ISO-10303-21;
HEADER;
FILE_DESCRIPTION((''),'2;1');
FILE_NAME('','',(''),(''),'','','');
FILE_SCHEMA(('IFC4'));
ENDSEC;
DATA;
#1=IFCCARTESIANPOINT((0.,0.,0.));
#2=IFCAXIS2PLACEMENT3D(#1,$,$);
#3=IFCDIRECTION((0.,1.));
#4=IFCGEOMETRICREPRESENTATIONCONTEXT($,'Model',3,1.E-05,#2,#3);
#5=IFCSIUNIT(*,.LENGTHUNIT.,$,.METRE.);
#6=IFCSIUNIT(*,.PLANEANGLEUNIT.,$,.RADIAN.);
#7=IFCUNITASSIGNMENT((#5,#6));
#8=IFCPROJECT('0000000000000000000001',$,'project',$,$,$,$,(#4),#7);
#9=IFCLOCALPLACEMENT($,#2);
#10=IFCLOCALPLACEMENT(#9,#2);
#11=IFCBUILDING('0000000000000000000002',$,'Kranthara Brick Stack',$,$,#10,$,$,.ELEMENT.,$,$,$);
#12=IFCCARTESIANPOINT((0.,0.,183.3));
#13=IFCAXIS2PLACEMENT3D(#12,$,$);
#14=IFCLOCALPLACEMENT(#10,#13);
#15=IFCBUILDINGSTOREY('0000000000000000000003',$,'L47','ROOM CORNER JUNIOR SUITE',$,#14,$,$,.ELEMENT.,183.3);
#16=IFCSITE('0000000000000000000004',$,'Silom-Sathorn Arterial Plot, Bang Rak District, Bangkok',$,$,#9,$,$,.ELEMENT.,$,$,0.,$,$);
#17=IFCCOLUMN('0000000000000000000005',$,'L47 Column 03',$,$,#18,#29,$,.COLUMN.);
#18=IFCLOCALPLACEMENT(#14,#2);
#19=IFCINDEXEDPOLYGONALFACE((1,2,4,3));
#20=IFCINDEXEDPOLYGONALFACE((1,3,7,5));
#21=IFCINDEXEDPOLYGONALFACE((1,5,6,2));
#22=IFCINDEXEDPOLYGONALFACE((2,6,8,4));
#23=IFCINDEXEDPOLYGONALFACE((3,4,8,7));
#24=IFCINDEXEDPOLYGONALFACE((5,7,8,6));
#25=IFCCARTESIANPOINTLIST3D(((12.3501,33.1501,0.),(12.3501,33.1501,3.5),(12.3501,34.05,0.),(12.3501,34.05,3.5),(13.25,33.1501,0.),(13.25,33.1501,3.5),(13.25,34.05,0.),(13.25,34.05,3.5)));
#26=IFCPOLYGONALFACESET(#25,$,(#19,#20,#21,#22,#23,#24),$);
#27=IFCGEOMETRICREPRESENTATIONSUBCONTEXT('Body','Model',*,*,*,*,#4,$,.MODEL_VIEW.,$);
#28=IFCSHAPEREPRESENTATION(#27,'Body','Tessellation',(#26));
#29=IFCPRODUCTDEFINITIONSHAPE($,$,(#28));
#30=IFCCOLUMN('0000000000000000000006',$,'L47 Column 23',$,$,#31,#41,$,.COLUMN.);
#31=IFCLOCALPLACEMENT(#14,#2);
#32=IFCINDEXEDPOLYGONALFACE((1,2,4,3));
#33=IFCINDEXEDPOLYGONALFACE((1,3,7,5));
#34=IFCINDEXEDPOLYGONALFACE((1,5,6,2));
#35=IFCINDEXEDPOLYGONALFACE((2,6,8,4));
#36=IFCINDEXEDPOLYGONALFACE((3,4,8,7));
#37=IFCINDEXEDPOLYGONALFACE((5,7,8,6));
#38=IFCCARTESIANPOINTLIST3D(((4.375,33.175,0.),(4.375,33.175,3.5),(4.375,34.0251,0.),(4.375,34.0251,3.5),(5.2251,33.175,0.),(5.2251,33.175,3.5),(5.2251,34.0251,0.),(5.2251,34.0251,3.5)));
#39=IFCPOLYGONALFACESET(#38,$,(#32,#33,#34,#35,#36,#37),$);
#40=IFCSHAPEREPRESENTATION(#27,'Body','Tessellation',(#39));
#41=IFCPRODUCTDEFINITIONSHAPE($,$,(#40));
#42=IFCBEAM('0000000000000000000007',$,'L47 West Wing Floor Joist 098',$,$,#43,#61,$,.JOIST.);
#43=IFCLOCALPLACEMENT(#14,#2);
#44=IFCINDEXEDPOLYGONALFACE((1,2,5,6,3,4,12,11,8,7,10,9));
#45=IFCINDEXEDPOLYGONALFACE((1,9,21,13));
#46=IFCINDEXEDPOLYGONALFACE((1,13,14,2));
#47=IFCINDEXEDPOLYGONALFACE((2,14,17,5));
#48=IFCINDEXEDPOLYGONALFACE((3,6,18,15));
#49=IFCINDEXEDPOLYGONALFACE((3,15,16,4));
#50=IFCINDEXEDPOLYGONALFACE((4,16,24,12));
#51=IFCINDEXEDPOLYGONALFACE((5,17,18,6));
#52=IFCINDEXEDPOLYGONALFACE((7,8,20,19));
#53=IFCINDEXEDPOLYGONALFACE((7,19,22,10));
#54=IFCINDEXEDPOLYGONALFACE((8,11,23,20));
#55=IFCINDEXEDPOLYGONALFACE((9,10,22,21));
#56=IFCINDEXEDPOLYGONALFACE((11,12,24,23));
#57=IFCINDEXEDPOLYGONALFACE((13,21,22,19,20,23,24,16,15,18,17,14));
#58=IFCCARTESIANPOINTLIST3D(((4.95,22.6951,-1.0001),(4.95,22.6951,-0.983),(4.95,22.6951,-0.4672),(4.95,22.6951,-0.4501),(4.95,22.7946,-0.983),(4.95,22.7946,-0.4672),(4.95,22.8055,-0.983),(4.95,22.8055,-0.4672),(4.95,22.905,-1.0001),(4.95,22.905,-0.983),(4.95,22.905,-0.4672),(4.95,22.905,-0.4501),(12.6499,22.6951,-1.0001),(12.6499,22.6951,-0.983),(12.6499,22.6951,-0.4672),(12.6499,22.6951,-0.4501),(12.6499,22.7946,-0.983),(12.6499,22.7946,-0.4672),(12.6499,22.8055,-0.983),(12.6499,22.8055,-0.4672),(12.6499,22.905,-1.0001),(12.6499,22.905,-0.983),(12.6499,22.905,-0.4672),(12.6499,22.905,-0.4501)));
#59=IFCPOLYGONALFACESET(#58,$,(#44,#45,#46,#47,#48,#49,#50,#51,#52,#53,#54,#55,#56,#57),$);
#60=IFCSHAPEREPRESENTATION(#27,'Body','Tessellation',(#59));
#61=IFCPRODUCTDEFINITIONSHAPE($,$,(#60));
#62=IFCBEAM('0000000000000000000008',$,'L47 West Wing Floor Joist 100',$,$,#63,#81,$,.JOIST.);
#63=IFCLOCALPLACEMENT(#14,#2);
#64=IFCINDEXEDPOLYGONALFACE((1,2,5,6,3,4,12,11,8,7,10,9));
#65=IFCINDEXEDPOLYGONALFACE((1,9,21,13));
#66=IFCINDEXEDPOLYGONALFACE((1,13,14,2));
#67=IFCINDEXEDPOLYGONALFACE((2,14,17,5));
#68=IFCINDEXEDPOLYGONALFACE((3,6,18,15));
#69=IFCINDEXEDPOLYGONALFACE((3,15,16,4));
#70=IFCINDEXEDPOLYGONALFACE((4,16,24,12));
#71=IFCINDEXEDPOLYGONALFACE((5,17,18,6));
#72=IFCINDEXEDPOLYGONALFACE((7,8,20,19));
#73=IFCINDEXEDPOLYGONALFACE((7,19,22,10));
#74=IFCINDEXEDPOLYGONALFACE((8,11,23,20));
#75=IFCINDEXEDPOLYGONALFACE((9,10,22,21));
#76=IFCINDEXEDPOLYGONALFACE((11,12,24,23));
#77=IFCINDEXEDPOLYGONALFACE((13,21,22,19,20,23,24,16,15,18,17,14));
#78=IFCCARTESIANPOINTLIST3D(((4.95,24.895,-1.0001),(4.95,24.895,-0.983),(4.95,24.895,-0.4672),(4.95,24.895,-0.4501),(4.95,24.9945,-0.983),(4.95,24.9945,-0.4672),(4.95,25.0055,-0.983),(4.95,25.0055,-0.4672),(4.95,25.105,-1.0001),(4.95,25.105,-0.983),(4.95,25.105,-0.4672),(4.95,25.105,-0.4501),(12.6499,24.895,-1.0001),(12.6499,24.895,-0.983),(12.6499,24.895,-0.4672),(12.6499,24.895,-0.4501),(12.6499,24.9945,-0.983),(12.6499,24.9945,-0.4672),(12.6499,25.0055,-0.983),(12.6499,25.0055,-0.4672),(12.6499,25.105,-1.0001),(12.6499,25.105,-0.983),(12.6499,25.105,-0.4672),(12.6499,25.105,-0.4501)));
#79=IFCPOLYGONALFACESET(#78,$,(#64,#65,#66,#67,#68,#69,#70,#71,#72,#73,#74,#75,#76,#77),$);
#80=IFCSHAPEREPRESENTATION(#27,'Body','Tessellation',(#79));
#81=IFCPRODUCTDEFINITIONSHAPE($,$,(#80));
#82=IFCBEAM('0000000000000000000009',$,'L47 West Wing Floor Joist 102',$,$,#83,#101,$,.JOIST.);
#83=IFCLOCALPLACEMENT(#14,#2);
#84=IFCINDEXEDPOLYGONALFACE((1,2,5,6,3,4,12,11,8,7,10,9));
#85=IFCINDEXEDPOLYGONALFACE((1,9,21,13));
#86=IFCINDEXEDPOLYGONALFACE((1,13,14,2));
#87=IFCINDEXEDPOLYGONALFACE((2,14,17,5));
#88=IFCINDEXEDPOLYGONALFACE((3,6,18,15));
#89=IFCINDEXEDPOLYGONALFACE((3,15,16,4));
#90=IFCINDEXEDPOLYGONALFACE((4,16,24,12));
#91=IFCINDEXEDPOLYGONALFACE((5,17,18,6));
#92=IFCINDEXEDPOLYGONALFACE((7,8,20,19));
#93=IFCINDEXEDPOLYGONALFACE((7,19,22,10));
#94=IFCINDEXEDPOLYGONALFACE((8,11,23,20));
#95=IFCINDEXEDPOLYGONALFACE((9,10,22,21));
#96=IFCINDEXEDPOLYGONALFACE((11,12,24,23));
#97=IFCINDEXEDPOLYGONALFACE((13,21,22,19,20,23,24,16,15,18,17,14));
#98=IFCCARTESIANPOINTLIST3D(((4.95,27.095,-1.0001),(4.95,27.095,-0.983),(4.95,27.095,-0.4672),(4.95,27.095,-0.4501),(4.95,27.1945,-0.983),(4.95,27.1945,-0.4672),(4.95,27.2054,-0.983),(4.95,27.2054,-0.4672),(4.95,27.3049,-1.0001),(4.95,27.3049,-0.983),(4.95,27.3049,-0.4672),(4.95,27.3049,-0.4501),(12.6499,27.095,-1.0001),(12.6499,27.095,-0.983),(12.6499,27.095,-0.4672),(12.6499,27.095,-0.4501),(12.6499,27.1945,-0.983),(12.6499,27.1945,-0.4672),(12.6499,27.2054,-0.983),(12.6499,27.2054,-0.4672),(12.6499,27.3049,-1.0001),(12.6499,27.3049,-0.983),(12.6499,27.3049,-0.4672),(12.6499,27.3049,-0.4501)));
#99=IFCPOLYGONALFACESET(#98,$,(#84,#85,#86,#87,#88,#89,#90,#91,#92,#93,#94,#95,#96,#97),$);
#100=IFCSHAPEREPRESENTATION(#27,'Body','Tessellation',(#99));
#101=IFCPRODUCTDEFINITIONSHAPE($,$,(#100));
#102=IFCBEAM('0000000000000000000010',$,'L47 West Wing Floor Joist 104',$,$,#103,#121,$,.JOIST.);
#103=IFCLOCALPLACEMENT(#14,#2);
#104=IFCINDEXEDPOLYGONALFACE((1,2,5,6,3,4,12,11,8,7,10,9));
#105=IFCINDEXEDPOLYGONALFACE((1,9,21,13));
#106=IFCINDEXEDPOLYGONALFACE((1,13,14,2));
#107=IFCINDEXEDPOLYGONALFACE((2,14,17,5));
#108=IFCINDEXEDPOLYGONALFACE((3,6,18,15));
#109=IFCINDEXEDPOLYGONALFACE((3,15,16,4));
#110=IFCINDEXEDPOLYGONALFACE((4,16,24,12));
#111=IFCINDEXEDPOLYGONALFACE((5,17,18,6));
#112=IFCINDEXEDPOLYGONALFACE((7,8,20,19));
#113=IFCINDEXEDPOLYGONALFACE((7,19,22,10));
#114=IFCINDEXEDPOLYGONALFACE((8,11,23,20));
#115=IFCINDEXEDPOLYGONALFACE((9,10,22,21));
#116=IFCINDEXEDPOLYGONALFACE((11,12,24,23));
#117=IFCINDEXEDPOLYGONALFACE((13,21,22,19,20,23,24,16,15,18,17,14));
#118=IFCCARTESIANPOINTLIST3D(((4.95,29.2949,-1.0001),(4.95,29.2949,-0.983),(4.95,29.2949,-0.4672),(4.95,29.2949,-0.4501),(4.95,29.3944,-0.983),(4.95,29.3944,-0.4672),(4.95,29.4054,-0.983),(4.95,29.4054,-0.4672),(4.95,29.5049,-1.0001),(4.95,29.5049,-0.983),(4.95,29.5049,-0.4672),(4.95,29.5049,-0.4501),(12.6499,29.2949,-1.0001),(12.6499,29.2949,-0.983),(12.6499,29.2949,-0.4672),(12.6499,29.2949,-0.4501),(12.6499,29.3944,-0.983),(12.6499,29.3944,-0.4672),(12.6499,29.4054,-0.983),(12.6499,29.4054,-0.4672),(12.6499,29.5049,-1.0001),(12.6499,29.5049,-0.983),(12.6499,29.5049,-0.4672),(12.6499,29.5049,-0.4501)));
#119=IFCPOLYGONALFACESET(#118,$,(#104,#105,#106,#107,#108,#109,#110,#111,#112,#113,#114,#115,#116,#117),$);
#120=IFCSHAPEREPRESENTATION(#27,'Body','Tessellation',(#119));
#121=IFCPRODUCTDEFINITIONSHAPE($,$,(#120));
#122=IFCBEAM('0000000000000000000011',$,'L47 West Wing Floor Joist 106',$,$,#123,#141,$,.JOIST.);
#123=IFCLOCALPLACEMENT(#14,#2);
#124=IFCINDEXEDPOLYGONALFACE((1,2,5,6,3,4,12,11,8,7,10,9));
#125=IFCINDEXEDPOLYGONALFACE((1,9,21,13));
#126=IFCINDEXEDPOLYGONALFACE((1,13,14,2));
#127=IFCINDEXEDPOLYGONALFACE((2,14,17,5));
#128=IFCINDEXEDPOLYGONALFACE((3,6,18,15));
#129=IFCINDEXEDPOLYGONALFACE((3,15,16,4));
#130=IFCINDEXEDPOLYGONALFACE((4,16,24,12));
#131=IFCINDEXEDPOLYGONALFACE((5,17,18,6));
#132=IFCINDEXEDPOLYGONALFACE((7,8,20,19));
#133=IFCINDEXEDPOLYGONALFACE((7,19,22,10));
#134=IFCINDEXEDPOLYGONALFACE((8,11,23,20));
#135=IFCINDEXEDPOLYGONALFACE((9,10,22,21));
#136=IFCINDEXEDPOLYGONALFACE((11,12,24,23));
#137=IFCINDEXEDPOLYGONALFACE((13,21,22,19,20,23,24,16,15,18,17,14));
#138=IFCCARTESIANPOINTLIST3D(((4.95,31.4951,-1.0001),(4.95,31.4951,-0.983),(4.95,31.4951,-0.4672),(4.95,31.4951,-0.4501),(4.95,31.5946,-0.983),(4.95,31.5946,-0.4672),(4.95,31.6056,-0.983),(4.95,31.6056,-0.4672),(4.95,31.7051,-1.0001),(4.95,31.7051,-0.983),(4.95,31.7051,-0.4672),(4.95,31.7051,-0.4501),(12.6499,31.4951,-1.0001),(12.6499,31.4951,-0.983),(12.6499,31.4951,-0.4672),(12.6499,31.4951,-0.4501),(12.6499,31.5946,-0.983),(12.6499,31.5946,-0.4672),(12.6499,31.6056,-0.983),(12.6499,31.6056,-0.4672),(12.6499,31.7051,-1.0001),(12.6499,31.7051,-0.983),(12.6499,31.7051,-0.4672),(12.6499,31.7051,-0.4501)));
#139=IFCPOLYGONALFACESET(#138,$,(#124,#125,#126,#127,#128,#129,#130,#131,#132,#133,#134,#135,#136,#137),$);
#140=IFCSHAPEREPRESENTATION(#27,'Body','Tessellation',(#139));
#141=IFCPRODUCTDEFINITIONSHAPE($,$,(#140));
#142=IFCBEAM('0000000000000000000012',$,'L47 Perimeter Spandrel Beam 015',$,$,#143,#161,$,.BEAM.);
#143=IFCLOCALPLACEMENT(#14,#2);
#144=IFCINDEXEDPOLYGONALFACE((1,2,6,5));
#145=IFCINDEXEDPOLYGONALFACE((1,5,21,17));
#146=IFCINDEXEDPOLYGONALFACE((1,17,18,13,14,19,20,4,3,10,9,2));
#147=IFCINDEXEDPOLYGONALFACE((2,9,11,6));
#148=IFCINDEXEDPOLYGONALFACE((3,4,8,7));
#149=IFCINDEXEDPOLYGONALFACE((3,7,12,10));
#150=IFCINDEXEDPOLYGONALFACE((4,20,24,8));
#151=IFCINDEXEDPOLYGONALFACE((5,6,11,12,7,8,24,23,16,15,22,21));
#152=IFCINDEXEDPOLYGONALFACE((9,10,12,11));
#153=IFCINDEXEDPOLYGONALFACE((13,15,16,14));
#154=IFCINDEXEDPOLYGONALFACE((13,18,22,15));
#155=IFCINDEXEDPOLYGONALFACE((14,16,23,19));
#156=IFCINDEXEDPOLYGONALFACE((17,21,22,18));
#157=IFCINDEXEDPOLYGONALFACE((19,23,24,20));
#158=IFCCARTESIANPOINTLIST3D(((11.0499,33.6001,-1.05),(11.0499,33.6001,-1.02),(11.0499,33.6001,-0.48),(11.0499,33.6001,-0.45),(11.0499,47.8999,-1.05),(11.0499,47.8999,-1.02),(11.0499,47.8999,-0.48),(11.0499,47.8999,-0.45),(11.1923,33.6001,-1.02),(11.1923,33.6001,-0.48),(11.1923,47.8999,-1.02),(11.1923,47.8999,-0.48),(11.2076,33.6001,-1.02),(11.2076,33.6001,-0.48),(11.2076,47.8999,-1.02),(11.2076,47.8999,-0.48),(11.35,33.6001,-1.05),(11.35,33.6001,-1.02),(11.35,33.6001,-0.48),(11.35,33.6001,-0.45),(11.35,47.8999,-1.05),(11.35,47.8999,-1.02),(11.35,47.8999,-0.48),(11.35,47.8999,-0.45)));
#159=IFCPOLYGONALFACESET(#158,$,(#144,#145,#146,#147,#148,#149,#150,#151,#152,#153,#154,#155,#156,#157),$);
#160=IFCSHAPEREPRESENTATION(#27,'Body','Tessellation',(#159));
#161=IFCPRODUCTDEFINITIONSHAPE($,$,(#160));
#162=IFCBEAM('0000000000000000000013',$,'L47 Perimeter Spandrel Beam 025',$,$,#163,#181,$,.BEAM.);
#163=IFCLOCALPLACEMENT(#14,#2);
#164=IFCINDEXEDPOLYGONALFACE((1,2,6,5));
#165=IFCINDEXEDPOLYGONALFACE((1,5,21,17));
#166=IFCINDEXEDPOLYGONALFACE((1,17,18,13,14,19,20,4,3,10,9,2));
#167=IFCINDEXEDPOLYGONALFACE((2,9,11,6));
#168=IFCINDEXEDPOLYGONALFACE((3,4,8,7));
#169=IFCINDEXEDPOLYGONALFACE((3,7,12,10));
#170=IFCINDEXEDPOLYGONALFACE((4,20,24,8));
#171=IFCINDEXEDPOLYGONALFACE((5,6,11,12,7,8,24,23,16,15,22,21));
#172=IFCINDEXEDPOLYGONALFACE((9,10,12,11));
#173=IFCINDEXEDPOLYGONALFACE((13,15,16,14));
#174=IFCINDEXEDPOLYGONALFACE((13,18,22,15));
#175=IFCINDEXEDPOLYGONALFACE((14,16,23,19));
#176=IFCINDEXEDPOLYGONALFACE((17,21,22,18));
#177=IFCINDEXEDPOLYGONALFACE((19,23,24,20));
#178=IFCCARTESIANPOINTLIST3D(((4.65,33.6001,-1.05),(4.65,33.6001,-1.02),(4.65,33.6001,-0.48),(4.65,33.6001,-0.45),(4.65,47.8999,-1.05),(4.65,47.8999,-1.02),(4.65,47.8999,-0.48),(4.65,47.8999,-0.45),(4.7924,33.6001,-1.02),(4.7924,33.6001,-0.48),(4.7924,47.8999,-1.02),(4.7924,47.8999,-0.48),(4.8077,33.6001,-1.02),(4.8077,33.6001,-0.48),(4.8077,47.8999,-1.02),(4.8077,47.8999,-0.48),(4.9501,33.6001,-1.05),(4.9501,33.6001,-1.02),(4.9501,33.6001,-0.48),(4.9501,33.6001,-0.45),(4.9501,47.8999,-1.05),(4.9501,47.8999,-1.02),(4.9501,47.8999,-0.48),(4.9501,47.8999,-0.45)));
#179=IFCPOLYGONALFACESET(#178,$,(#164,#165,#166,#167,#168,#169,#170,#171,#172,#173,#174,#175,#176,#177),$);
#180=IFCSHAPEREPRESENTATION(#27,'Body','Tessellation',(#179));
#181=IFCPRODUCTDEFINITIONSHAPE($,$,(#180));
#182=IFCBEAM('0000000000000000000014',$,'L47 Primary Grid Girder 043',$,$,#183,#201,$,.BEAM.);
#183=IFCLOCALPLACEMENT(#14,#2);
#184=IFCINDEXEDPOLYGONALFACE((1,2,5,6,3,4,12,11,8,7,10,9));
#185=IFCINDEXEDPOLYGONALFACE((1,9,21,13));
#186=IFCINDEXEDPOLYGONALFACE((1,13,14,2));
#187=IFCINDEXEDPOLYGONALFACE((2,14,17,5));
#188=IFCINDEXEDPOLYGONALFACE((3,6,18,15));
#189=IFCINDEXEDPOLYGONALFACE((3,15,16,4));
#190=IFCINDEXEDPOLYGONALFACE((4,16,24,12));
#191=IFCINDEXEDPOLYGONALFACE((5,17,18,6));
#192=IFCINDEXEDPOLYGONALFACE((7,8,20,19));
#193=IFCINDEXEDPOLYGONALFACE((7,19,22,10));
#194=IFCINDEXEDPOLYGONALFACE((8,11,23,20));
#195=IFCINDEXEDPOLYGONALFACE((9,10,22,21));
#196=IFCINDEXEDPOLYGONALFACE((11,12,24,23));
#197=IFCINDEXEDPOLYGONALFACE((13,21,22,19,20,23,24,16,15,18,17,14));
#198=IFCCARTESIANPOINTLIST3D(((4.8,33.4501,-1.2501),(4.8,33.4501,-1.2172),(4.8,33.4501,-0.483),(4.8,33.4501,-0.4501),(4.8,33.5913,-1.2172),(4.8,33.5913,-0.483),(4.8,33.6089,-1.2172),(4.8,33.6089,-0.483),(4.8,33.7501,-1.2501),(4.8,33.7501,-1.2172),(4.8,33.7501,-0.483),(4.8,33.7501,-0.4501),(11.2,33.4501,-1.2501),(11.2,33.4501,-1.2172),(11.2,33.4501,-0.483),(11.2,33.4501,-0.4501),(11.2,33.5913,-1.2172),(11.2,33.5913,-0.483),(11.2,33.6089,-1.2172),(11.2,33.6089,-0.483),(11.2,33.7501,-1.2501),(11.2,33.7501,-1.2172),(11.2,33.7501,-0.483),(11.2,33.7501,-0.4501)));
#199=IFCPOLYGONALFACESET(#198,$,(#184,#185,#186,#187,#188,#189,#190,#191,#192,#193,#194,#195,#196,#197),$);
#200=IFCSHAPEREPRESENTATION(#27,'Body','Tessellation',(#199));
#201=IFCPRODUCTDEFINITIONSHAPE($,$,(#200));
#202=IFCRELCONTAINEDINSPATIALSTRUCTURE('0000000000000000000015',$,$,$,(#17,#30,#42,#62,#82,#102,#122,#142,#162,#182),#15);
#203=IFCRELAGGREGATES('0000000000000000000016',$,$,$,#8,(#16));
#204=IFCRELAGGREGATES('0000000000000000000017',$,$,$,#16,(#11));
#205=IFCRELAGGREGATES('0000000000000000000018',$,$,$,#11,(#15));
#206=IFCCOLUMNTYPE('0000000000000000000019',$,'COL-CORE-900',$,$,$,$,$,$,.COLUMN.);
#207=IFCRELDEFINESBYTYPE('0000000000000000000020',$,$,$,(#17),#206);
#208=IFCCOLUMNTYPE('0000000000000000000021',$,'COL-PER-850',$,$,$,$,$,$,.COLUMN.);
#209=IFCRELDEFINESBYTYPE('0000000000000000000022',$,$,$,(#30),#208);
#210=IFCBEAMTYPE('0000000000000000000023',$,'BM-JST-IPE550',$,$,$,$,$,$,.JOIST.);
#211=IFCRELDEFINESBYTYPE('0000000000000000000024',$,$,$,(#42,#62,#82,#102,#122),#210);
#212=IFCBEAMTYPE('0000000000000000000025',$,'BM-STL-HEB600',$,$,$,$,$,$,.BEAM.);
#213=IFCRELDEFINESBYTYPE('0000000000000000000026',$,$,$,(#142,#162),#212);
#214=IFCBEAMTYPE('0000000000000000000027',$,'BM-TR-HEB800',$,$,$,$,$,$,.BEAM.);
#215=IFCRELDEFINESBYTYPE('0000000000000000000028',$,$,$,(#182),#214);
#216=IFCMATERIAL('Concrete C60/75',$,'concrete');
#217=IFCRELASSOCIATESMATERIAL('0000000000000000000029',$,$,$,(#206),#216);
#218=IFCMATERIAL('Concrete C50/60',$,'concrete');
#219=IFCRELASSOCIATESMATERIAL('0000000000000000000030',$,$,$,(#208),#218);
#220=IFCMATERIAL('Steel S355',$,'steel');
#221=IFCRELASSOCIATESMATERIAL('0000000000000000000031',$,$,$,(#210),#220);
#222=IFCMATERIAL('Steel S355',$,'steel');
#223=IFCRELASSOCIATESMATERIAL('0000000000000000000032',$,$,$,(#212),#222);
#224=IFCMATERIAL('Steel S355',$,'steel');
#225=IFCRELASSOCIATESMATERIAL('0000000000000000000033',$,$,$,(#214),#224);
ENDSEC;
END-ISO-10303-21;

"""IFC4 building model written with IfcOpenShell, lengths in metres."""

from ifc_helpers import new_model, si_unit, direction, frame, origin, origin_2d, place, context, subcontext, project, spatial, rectangle, i_section, extrude, material, material_profile, profile_set, type_object, element, save


model = new_model("IFC4")

# Units and contexts
model_context = context("Model", 3, precision=1e-05, world=origin(), true_north=direction((0.0, 1.0)))
body_context = subcontext(model_context, "Body", "Model", "MODEL_VIEW")
ifc_project = project(units=[si_unit("LENGTHUNIT", "METRE"), si_unit("PLANEANGLEUNIT", "RADIAN")], contexts=[model_context])

# Site, building, storey
site_placement = place(None, origin())
site = spatial("IfcSite", under=ifc_project, at=site_placement, Name="Silom-Sathorn Arterial Plot, Bang Rak District, Bangkok", CompositionType="ELEMENT", RefElevation=0.0)
building_placement = place(site_placement, origin())
building = spatial("IfcBuilding", under=site, at=building_placement, Name="Kranthara Brick Stack", CompositionType="ELEMENT")
storey_placement = place(building_placement, frame((0.0, 0.0, 183.3)))
storey = spatial("IfcBuildingStorey", under=building, at=storey_placement, Name="L47", Description="ROOM CORNER JUNIOR SUITE", CompositionType="ELEMENT", Elevation=183.3)

# Columns
ifc_material_1 = material(Name="Concrete C60/75", Category="concrete")
ifc_material_profile_1 = material_profile(ifc_material_1, rectangle(XDim=0.8999, YDim=0.8999, at=origin_2d()), Name="RC 900x900")
ifc_profile_set_1 = profile_set([ifc_material_profile_1], Name="Concrete C60/75")
column_type_1 = type_object("IfcColumnType", Name="COL-CORE-900", PredefinedType="COLUMN", material=ifc_profile_set_1)
column_1_placement = place(storey_placement, frame((12.8, 33.6001, 0.0), z_axis=(0.0, 0.0, 1.0), x_axis=(1.0, 0.0, 0.0)))
element("IfcColumn", 1, at=column_1_placement, inside=storey, type_object=column_type_1, Name="L47 Column 03", PredefinedType="COLUMN", context=body_context, shape_type="SweptSolid", body=[
    extrude(rectangle(XDim=0.8999, YDim=0.8999, at=origin_2d()), origin(), (0.0, 0.0, 1.0), 3.5),
])
ifc_material_2 = material(Name="Concrete C50/60", Category="concrete")
ifc_material_profile_2 = material_profile(ifc_material_2, rectangle(XDim=0.8501, YDim=0.8501, at=origin_2d()), Name="RC 850x850")
ifc_profile_set_2 = profile_set([ifc_material_profile_2], Name="Concrete C50/60")
column_type_2 = type_object("IfcColumnType", Name="COL-PER-850", PredefinedType="COLUMN", material=ifc_profile_set_2)
column_2_placement = place(storey_placement, frame((4.8, 33.6001, 0.0), z_axis=(0.0, 0.0, 1.0), x_axis=(1.0, 0.0, 0.0)))
element("IfcColumn", 2, at=column_2_placement, inside=storey, type_object=column_type_2, Name="L47 Column 23", PredefinedType="COLUMN", context=body_context, shape_type="SweptSolid", body=[
    extrude(rectangle(XDim=0.8501, YDim=0.8501, at=origin_2d()), origin(), (0.0, 0.0, 1.0), 3.5),
])

# Beams
ifc_material_3 = material(Name="Steel S355", Category="steel")
ifc_material_profile_3 = material_profile(ifc_material_3, i_section(OverallWidth=0.21, OverallDepth=0.55, WebThickness=0.011, FlangeThickness=0.0171, at=origin_2d()), Name="IPE 550")
ifc_profile_set_3 = profile_set([ifc_material_profile_3], Name="Steel S355")
beam_type_1 = type_object("IfcBeamType", Name="BM-JST-IPE550", PredefinedType="JOIST", material=ifc_profile_set_3)
for number, where, z_axis, x_axis, name in (
    (3, (4.95, 22.8, -0.7251), (1.0, 0.0, 0.0), (0.0, 1.0, 0.0), "L47 West Wing Floor Joist 098"),
    (4, (4.95, 25.0, -0.7251), (1.0, 0.0, 0.0), (0.0, 1.0, 0.0), "L47 West Wing Floor Joist 100"),
    (5, (4.95, 27.2, -0.7251), (1.0, 0.0, 0.0), (0.0, 1.0, 0.0), "L47 West Wing Floor Joist 102"),
    (6, (4.95, 29.3999, -0.7251), (1.0, 0.0, 0.0), (0.0, 1.0, 0.0), "L47 West Wing Floor Joist 104"),
    (7, (4.95, 31.6001, -0.7251), (1.0, 0.0, 0.0), (0.0, 1.0, 0.0), "L47 West Wing Floor Joist 106"),
):
    element("IfcBeam", number, at=place(storey_placement, frame(where, z_axis=z_axis, x_axis=x_axis)), inside=storey, type_object=beam_type_1, Name=name, PredefinedType="JOIST", context=body_context, shape_type="SweptSolid", body=[
        extrude(i_section(OverallWidth=0.21, OverallDepth=0.55, WebThickness=0.011, FlangeThickness=0.0171, at=origin_2d()), origin(), (0.0, 0.0, 1.0), 7.7),
    ])
ifc_material_4 = material(Name="Steel S355", Category="steel")
ifc_material_profile_4 = material_profile(ifc_material_4, i_section(OverallWidth=0.3, OverallDepth=0.6001, WebThickness=0.0154, FlangeThickness=0.03, at=origin_2d()), Name="HEB 600")
ifc_profile_set_4 = profile_set([ifc_material_profile_4], Name="Steel S355")
beam_type_2 = type_object("IfcBeamType", Name="BM-STL-HEB600", PredefinedType="BEAM", material=ifc_profile_set_4)
for number, where, z_axis, x_axis, name in (
    (8, (11.2, 33.6001, -0.75), (0.0, 1.0, 0.0), (-1.0, 0.0, 0.0), "L47 Perimeter Spandrel Beam 015"),
    (9, (4.8, 33.6001, -0.75), (0.0, 1.0, 0.0), (-1.0, 0.0, 0.0), "L47 Perimeter Spandrel Beam 025"),
):
    element("IfcBeam", number, at=place(storey_placement, frame(where, z_axis=z_axis, x_axis=x_axis)), inside=storey, type_object=beam_type_2, Name=name, PredefinedType="BEAM", context=body_context, shape_type="SweptSolid", body=[
        extrude(i_section(OverallWidth=0.3, OverallDepth=0.6001, WebThickness=0.0154, FlangeThickness=0.03, at=origin_2d()), origin(), (0.0, 0.0, 1.0), 14.2998),
    ])
ifc_material_5 = material(Name="Steel S355", Category="steel")
ifc_material_profile_5 = material_profile(ifc_material_5, i_section(OverallWidth=0.3, OverallDepth=0.8, WebThickness=0.0176, FlangeThickness=0.033, at=origin_2d()), Name="HEB 800")
ifc_profile_set_5 = profile_set([ifc_material_profile_5], Name="Steel S355")
beam_type_3 = type_object("IfcBeamType", Name="BM-TR-HEB800", PredefinedType="BEAM", material=ifc_profile_set_5)
beam_1_placement = place(storey_placement, frame((4.8, 33.6001, -0.8501), z_axis=(1.0, 0.0, 0.0), x_axis=(0.0, 1.0, 0.0)))
element("IfcBeam", 10, at=beam_1_placement, inside=storey, type_object=beam_type_3, Name="L47 Primary Grid Girder 043", PredefinedType="BEAM", context=body_context, shape_type="SweptSolid", body=[
    extrude(i_section(OverallWidth=0.3, OverallDepth=0.8, WebThickness=0.0176, FlangeThickness=0.033, at=origin_2d()), origin(), (0.0, 0.0, 1.0), 6.3999),
])

save(model, "model.ifc")
